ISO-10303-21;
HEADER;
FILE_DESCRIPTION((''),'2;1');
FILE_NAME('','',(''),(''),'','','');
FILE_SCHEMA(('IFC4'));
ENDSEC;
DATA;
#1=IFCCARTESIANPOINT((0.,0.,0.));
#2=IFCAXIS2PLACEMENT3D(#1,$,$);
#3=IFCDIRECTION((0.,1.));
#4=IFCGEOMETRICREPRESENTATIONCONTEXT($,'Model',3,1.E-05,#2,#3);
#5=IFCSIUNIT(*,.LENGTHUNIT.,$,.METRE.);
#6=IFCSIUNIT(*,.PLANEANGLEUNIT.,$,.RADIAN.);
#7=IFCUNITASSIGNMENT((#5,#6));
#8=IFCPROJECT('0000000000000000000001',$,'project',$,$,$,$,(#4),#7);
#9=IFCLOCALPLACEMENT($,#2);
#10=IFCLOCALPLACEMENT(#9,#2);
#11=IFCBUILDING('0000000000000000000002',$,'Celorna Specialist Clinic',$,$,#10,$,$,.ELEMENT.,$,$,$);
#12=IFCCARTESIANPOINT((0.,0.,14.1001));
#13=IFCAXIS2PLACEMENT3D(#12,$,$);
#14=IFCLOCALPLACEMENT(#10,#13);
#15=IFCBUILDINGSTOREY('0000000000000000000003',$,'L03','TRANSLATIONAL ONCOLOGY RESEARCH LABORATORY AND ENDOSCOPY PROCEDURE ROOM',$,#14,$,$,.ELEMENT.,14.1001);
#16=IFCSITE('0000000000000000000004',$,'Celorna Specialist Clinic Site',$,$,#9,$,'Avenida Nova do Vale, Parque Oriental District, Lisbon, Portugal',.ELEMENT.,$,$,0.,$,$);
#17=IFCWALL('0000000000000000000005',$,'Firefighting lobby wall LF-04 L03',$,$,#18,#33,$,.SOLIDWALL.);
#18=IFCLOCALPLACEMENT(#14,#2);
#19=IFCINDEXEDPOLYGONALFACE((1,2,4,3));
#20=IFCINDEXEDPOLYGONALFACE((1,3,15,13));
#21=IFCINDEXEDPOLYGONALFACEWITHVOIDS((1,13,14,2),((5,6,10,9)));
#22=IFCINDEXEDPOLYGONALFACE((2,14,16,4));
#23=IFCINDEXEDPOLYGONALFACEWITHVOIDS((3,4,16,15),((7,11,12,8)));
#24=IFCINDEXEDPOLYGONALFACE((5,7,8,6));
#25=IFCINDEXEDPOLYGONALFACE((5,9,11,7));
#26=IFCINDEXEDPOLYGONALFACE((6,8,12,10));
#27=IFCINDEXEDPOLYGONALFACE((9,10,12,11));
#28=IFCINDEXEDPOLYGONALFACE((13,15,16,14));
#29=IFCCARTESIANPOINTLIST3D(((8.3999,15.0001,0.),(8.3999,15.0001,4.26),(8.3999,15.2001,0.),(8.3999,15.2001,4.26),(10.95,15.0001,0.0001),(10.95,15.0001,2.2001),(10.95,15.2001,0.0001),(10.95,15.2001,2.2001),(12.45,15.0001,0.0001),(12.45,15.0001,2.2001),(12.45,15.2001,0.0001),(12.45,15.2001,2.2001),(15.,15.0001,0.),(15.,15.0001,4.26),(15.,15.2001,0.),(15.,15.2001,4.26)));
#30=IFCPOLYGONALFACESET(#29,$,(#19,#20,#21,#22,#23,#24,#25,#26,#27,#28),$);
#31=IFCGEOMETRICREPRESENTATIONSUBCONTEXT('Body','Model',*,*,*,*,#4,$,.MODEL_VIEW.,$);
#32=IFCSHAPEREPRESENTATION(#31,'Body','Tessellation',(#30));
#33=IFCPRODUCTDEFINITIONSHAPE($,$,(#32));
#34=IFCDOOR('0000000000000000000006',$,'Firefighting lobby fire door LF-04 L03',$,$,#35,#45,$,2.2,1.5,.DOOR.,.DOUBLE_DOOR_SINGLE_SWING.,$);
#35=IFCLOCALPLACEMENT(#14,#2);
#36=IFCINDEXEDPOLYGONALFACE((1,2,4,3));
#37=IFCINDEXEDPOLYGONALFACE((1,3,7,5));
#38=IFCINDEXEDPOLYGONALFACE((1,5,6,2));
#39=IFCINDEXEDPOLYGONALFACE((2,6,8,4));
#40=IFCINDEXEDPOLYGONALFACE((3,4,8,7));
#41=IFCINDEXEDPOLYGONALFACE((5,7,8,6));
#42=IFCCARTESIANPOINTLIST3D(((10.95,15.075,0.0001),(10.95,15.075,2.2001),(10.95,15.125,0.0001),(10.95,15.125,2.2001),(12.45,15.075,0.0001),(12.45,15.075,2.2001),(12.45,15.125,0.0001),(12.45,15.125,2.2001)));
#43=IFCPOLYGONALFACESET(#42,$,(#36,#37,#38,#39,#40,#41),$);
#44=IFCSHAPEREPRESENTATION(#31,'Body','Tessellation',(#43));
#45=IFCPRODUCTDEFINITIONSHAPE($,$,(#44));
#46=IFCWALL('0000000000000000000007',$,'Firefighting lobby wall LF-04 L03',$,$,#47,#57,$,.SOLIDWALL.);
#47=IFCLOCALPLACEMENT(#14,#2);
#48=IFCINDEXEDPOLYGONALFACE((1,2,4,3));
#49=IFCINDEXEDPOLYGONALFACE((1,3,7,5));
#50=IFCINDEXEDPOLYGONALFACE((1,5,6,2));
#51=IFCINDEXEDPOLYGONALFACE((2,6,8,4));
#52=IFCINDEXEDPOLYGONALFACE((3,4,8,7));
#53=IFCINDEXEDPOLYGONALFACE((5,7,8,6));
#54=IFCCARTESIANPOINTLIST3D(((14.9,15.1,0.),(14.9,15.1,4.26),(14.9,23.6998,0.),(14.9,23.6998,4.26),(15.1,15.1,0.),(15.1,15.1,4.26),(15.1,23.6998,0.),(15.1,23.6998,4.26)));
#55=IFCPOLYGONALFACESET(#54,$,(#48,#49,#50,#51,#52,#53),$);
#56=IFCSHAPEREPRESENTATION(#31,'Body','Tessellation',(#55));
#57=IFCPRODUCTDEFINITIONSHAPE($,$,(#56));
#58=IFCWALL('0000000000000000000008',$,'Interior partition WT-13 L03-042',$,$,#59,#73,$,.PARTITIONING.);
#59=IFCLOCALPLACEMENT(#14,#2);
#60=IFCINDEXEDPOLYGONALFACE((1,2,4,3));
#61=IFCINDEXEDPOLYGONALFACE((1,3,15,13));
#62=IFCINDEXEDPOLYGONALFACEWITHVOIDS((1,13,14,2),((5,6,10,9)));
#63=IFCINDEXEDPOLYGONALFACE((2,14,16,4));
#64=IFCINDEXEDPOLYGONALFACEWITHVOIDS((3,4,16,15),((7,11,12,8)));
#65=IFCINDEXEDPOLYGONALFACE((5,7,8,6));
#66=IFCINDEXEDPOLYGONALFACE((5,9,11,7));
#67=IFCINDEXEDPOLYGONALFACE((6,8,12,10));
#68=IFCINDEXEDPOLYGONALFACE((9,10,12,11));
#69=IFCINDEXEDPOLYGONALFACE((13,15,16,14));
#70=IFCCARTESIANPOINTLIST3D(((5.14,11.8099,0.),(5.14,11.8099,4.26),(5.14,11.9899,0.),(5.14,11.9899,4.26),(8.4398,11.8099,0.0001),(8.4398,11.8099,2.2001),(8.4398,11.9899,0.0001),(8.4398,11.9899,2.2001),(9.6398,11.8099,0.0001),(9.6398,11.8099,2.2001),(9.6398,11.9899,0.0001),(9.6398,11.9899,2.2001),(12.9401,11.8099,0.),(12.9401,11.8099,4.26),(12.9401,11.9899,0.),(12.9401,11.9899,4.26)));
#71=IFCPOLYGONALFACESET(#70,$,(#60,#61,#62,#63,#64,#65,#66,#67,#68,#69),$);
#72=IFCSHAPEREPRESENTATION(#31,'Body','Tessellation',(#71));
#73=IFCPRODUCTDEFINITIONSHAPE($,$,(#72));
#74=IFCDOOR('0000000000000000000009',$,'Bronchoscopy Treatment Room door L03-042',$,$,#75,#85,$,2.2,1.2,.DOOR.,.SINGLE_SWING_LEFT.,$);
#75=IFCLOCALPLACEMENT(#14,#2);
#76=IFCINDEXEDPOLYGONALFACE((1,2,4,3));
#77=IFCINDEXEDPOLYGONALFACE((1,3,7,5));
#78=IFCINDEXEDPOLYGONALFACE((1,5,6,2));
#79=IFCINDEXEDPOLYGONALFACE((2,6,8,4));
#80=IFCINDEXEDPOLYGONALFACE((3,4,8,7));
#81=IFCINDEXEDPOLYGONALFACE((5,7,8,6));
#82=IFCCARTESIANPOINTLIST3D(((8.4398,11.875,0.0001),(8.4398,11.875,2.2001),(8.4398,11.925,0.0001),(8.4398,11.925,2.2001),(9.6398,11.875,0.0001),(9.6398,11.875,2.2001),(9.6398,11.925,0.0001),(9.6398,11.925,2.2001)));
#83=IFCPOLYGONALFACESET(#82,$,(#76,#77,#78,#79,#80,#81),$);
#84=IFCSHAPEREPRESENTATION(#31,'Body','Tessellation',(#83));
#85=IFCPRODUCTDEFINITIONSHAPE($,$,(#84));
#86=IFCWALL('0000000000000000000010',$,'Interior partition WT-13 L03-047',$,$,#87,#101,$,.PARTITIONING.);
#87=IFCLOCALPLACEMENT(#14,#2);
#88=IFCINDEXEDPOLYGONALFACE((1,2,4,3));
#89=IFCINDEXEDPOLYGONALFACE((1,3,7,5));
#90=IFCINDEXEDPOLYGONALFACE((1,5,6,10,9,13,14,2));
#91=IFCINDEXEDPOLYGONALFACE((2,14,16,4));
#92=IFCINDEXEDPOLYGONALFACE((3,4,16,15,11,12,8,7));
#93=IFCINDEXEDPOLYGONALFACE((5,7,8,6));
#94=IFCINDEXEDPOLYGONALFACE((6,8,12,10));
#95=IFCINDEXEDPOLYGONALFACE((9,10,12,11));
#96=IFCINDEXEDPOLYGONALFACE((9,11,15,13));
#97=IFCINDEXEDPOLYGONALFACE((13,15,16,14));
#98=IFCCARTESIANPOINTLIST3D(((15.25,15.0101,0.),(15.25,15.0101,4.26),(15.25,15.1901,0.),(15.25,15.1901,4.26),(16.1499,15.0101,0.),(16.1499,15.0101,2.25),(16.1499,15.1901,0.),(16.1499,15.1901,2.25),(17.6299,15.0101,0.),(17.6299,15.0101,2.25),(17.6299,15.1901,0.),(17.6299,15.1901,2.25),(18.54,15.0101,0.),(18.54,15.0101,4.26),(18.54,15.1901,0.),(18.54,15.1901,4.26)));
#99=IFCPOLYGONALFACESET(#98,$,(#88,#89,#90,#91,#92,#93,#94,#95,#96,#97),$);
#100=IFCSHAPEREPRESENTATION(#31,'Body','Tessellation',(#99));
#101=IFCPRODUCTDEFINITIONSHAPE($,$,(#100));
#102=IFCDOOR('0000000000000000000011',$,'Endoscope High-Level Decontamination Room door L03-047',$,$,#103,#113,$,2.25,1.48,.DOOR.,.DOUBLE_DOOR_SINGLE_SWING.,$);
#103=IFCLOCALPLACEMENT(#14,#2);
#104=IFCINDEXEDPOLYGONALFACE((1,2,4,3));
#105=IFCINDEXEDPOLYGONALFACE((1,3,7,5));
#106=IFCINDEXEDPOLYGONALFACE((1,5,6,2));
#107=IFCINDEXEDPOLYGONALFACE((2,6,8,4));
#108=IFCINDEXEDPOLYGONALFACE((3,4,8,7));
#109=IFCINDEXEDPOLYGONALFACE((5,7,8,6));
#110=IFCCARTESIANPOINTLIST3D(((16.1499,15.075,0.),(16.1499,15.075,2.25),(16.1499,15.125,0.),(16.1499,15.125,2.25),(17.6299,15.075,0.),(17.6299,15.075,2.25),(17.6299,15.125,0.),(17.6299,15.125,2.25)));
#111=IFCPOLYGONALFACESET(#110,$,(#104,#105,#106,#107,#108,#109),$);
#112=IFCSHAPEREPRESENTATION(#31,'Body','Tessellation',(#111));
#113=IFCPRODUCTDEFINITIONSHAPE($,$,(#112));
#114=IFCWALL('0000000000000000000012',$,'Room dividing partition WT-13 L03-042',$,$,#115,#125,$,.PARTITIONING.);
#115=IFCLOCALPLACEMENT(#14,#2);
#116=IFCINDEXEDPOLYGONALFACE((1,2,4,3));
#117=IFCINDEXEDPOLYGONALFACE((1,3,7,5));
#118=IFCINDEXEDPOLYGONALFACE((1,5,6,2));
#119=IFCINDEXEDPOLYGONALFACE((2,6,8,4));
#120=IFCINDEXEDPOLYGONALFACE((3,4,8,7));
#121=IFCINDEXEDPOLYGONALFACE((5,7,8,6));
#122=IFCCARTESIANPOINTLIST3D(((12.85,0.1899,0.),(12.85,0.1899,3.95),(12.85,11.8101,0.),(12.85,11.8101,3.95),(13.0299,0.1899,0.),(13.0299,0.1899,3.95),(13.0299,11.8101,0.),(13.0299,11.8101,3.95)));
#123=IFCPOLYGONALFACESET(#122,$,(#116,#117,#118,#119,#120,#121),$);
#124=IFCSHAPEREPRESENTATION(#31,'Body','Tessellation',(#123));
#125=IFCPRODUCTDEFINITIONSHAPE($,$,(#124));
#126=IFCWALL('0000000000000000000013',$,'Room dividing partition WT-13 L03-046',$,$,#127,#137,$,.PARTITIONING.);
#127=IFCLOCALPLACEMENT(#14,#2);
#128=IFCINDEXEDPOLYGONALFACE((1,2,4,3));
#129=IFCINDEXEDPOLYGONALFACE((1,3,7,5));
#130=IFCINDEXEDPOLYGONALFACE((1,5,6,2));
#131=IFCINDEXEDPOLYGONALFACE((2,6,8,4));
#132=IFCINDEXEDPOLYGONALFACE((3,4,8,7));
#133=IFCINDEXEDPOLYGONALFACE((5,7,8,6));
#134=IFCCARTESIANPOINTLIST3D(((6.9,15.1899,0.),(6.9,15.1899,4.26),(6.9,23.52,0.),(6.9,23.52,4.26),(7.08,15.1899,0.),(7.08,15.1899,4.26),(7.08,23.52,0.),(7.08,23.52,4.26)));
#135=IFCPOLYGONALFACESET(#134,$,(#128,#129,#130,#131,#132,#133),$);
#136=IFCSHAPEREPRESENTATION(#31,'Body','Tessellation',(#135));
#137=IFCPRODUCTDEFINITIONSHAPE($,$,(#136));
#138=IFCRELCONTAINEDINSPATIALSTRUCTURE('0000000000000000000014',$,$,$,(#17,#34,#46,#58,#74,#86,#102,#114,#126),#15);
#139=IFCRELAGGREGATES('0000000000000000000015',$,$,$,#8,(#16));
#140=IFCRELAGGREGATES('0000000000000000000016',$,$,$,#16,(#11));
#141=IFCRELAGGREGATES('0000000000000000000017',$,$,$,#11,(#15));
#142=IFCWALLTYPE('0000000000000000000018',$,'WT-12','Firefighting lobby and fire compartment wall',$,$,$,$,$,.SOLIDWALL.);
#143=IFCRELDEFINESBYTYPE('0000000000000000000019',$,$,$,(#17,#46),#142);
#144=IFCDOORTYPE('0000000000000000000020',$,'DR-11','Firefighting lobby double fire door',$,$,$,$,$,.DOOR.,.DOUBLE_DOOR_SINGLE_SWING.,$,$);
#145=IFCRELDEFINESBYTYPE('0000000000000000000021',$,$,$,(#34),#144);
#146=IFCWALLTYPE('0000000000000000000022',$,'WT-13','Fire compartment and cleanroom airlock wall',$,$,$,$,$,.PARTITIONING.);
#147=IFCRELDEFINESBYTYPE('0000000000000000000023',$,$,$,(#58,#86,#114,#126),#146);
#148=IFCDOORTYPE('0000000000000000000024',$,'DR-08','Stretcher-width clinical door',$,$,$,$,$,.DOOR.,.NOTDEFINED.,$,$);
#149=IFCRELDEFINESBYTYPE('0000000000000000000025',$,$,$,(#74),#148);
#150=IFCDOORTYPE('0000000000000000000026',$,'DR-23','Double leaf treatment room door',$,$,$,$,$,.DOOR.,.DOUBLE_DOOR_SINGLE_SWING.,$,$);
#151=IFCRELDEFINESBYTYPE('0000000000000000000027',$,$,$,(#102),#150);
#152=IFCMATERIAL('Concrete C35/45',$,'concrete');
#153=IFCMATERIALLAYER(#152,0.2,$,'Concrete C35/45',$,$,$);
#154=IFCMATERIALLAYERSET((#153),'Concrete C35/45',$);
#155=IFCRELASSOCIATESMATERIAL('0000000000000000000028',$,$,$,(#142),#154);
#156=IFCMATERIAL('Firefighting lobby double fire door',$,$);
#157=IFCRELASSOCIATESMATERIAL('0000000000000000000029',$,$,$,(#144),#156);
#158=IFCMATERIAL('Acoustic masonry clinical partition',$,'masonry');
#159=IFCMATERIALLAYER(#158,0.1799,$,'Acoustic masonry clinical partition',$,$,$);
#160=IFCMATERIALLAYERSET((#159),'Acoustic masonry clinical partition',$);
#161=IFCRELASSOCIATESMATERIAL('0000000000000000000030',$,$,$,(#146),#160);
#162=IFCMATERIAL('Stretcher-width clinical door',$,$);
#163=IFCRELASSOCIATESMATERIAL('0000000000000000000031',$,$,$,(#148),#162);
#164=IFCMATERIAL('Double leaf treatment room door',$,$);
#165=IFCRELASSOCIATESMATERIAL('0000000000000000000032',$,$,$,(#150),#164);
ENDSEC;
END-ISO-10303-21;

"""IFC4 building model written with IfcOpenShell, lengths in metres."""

from ifc_helpers import new_model, si_unit, direction, frame, frame_2d, origin, place, context, subcontext, project, spatial, rectangle, extrude, material, layer, layer_set, type_object, element, fill, save


model = new_model("IFC4")

# Units and contexts
model_context = context("Model", 3, precision=1e-05, world=origin(), true_north=direction((0.0, 1.0)))
body_context = subcontext(model_context, "Body", "Model", "MODEL_VIEW")
ifc_project = project(units=[si_unit("LENGTHUNIT", "METRE"), si_unit("PLANEANGLEUNIT", "RADIAN")], contexts=[model_context])

# Site, building, storey
site_placement = place(None, origin())
site = spatial("IfcSite", under=ifc_project, at=site_placement, Name="Celorna Specialist Clinic Site", LongName="Avenida Nova do Vale, Parque Oriental District, Lisbon, Portugal", CompositionType="ELEMENT", RefElevation=0.0)
building_placement = place(site_placement, origin())
building = spatial("IfcBuilding", under=site, at=building_placement, Name="Celorna Specialist Clinic", CompositionType="ELEMENT")
storey_placement = place(building_placement, frame((0.0, 0.0, 14.1001)))
storey = spatial("IfcBuildingStorey", under=building, at=storey_placement, Name="L03", Description="TRANSLATIONAL ONCOLOGY RESEARCH LABORATORY AND ENDOSCOPY PROCEDURE ROOM", CompositionType="ELEMENT", Elevation=14.1001)

# Shared definitions
ifc_material_1 = material(Name="Concrete C35/45", Category="concrete")

# Wall, opening, door
ifc_layer_1 = layer(ifc_material_1, 0.2, Name="Concrete C35/45")
ifc_layer_set_1 = layer_set([ifc_layer_1], Name="Concrete C35/45")
wall_type_1 = type_object("IfcWallType", Name="WT-12", Description="Firefighting lobby and fire compartment wall", PredefinedType="SOLIDWALL", material=ifc_layer_set_1)
wall_1_placement = place(storey_placement, frame((8.3999, 15.1001, 0.0), z_axis=(0.0, 0.0, 1.0), x_axis=(1.0, 0.0, 0.0)))
wall_1 = element("IfcWall", 1, at=wall_1_placement, inside=storey, type_object=wall_type_1, Name="Firefighting lobby wall LF-04 L03", PredefinedType="SOLIDWALL", context=body_context, shape_type="SweptSolid", body=[
    extrude(rectangle(XDim=6.6001, YDim=0.2, at=frame_2d((3.3, 0.0))), origin(), (0.0, 0.0, 1.0), 4.26),
])
opening_1_placement = place(wall_1_placement, frame((2.55, 0.0, 0.0)))
opening_1 = element("IfcOpeningElement", 2, at=opening_1_placement, cuts=wall_1, PredefinedType="OPENING", context=body_context, shape_type="SweptSolid", body=[
    extrude(rectangle(XDim=1.5, YDim=2.2, at=frame_2d((0.75, 1.1001))), frame((0.0, 0.1099, 0.0), z_axis=(0.0, -1.0, 0.0), x_axis=(1.0, 0.0, 0.0)), (0.0, 0.0, 1.0), 0.22),
])
ifc_material_2 = material(Name="Firefighting lobby double fire door")
door_type_1 = type_object("IfcDoorType", Name="DR-11", Description="Firefighting lobby double fire door", OperationType="DOUBLE_DOOR_SINGLE_SWING", PredefinedType="DOOR", material=ifc_material_2)
door_1_placement = place(opening_1_placement, origin())
door_1 = element("IfcDoor", 3, at=door_1_placement, inside=storey, type_object=door_type_1, Name="Firefighting lobby fire door LF-04 L03", OperationType="DOUBLE_DOOR_SINGLE_SWING", OverallHeight=2.2, OverallWidth=1.5, PredefinedType="DOOR", context=body_context, shape_type="SweptSolid", body=[
    extrude(rectangle(XDim=1.5, YDim=2.2, at=frame_2d((0.75, 1.1001))), frame((0.0, 0.0249, 0.0), z_axis=(0.0, -1.0, 0.0), x_axis=(1.0, 0.0, 0.0)), (0.0, 0.0, 1.0), 0.05),
])
fill(opening_1, door_1)

# Wall
wall_2_placement = place(storey_placement, frame((15.0, 15.1001, 0.0), z_axis=(0.0, 0.0, 1.0), x_axis=(0.0, 1.0, 0.0)))
element("IfcWall", 4, at=wall_2_placement, inside=storey, type_object=wall_type_1, Name="Firefighting lobby wall LF-04 L03", PredefinedType="SOLIDWALL", context=body_context, shape_type="SweptSolid", body=[
    extrude(rectangle(XDim=8.5999, YDim=0.2, at=frame_2d((4.2998, 0.0))), origin(), (0.0, 0.0, 1.0), 4.26),
])

# Walls, openings, doors
ifc_material_3 = material(Name="Acoustic masonry clinical partition", Category="masonry")
ifc_layer_2 = layer(ifc_material_3, 0.1799, Name="Acoustic masonry clinical partition")
ifc_layer_set_2 = layer_set([ifc_layer_2], Name="Acoustic masonry clinical partition")
wall_type_2 = type_object("IfcWallType", Name="WT-13", Description="Fire compartment and cleanroom airlock wall", PredefinedType="PARTITIONING", material=ifc_layer_set_2)
wall_3_placement = place(storey_placement, frame((12.9399, 11.8999, 0.0), z_axis=(0.0, 0.0, 1.0), x_axis=(-1.0, 0.0, 0.0)))
wall_3 = element("IfcWall", 5, at=wall_3_placement, inside=storey, type_object=wall_type_2, Name="Interior partition WT-13 L03-042", PredefinedType="PARTITIONING", context=body_context, shape_type="SweptSolid", body=[
    extrude(rectangle(XDim=7.8, YDim=0.1799, at=frame_2d((3.8999, 0.0))), origin(), (0.0, 0.0, 1.0), 4.26),
])
opening_2_placement = place(wall_3_placement, frame((3.3, 0.0, 0.0)))
opening_2 = element("IfcOpeningElement", 6, at=opening_2_placement, cuts=wall_3, PredefinedType="OPENING", context=body_context, shape_type="SweptSolid", body=[
    extrude(rectangle(XDim=1.2, YDim=2.2, at=frame_2d((0.6001, 1.1001))), frame((0.0, 0.0999, 0.0), z_axis=(0.0, -1.0, 0.0), x_axis=(1.0, 0.0, 0.0)), (0.0, 0.0, 1.0), 0.2),
])
ifc_material_4 = material(Name="Stretcher-width clinical door")
door_type_2 = type_object("IfcDoorType", Name="DR-08", Description="Stretcher-width clinical door", OperationType="NOTDEFINED", PredefinedType="DOOR", material=ifc_material_4)
door_2_placement = place(opening_2_placement, origin())
door_2 = element("IfcDoor", 7, at=door_2_placement, inside=storey, type_object=door_type_2, Name="Bronchoscopy Treatment Room door L03-042", OperationType="SINGLE_SWING_LEFT", OverallHeight=2.2, OverallWidth=1.2, PredefinedType="DOOR", context=body_context, shape_type="SweptSolid", body=[
    extrude(rectangle(XDim=1.2, YDim=2.2, at=frame_2d((0.6001, 1.1001))), frame((0.0, 0.0249, 0.0), z_axis=(0.0, -1.0, 0.0), x_axis=(1.0, 0.0, 0.0)), (0.0, 0.0, 1.0), 0.05),
])
fill(opening_2, door_2)
wall_4_placement = place(storey_placement, frame((15.25, 15.1001, 0.0), z_axis=(0.0, 0.0, 1.0), x_axis=(1.0, 0.0, 0.0)))
wall_4 = element("IfcWall", 8, at=wall_4_placement, inside=storey, type_object=wall_type_2, Name="Interior partition WT-13 L03-047", PredefinedType="PARTITIONING", context=body_context, shape_type="SweptSolid", body=[
    extrude(rectangle(XDim=3.29, YDim=0.1799, at=frame_2d((1.645, 0.0))), origin(), (0.0, 0.0, 1.0), 4.26),
])
opening_3_placement = place(wall_4_placement, frame((0.8999, 0.0, 0.0)))
opening_3 = element("IfcOpeningElement", 9, at=opening_3_placement, cuts=wall_4, PredefinedType="OPENING", context=body_context, shape_type="SweptSolid", body=[
    extrude(rectangle(XDim=1.48, YDim=2.25, at=frame_2d((0.74, 1.125))), frame((0.0, 0.0999, 0.0), z_axis=(0.0, -1.0, 0.0), x_axis=(1.0, 0.0, 0.0)), (0.0, 0.0, 1.0), 0.2),
])
ifc_material_5 = material(Name="Double leaf treatment room door")
door_type_3 = type_object("IfcDoorType", Name="DR-23", Description="Double leaf treatment room door", OperationType="DOUBLE_DOOR_SINGLE_SWING", PredefinedType="DOOR", material=ifc_material_5)
door_3_placement = place(opening_3_placement, origin())
door_3 = element("IfcDoor", 10, at=door_3_placement, inside=storey, type_object=door_type_3, Name="Endoscope High-Level Decontamination Room door L03-047", OperationType="DOUBLE_DOOR_SINGLE_SWING", OverallHeight=2.25, OverallWidth=1.48, PredefinedType="DOOR", context=body_context, shape_type="SweptSolid", body=[
    extrude(rectangle(XDim=1.48, YDim=2.25, at=frame_2d((0.74, 1.125))), frame((0.0, 0.0249, 0.0), z_axis=(0.0, -1.0, 0.0), x_axis=(1.0, 0.0, 0.0)), (0.0, 0.0, 1.0), 0.05),
])
fill(opening_3, door_3)

# Walls
wall_5_placement = place(storey_placement, frame((12.9399, 0.1899, 0.0), z_axis=(0.0, 0.0, 1.0), x_axis=(0.0, 1.0, 0.0)))
element("IfcWall", 11, at=wall_5_placement, inside=storey, type_object=wall_type_2, Name="Room dividing partition WT-13 L03-042", PredefinedType="PARTITIONING", context=body_context, shape_type="SweptSolid", body=[
    extrude(rectangle(XDim=11.6201, YDim=0.1799, at=frame_2d((5.8101, 0.0))), origin(), (0.0, 0.0, 1.0), 3.95),
])
wall_6_placement = place(storey_placement, frame((6.99, 15.1899, 0.0), z_axis=(0.0, 0.0, 1.0), x_axis=(0.0, 1.0, 0.0)))
element("IfcWall", 12, at=wall_6_placement, inside=storey, type_object=wall_type_2, Name="Room dividing partition WT-13 L03-046", PredefinedType="PARTITIONING", context=body_context, shape_type="SweptSolid", body=[
    extrude(rectangle(XDim=8.3301, YDim=0.1799, at=frame_2d((4.165, 0.0))), origin(), (0.0, 0.0, 1.0), 4.26),
])

save(model, "model.ifc")
